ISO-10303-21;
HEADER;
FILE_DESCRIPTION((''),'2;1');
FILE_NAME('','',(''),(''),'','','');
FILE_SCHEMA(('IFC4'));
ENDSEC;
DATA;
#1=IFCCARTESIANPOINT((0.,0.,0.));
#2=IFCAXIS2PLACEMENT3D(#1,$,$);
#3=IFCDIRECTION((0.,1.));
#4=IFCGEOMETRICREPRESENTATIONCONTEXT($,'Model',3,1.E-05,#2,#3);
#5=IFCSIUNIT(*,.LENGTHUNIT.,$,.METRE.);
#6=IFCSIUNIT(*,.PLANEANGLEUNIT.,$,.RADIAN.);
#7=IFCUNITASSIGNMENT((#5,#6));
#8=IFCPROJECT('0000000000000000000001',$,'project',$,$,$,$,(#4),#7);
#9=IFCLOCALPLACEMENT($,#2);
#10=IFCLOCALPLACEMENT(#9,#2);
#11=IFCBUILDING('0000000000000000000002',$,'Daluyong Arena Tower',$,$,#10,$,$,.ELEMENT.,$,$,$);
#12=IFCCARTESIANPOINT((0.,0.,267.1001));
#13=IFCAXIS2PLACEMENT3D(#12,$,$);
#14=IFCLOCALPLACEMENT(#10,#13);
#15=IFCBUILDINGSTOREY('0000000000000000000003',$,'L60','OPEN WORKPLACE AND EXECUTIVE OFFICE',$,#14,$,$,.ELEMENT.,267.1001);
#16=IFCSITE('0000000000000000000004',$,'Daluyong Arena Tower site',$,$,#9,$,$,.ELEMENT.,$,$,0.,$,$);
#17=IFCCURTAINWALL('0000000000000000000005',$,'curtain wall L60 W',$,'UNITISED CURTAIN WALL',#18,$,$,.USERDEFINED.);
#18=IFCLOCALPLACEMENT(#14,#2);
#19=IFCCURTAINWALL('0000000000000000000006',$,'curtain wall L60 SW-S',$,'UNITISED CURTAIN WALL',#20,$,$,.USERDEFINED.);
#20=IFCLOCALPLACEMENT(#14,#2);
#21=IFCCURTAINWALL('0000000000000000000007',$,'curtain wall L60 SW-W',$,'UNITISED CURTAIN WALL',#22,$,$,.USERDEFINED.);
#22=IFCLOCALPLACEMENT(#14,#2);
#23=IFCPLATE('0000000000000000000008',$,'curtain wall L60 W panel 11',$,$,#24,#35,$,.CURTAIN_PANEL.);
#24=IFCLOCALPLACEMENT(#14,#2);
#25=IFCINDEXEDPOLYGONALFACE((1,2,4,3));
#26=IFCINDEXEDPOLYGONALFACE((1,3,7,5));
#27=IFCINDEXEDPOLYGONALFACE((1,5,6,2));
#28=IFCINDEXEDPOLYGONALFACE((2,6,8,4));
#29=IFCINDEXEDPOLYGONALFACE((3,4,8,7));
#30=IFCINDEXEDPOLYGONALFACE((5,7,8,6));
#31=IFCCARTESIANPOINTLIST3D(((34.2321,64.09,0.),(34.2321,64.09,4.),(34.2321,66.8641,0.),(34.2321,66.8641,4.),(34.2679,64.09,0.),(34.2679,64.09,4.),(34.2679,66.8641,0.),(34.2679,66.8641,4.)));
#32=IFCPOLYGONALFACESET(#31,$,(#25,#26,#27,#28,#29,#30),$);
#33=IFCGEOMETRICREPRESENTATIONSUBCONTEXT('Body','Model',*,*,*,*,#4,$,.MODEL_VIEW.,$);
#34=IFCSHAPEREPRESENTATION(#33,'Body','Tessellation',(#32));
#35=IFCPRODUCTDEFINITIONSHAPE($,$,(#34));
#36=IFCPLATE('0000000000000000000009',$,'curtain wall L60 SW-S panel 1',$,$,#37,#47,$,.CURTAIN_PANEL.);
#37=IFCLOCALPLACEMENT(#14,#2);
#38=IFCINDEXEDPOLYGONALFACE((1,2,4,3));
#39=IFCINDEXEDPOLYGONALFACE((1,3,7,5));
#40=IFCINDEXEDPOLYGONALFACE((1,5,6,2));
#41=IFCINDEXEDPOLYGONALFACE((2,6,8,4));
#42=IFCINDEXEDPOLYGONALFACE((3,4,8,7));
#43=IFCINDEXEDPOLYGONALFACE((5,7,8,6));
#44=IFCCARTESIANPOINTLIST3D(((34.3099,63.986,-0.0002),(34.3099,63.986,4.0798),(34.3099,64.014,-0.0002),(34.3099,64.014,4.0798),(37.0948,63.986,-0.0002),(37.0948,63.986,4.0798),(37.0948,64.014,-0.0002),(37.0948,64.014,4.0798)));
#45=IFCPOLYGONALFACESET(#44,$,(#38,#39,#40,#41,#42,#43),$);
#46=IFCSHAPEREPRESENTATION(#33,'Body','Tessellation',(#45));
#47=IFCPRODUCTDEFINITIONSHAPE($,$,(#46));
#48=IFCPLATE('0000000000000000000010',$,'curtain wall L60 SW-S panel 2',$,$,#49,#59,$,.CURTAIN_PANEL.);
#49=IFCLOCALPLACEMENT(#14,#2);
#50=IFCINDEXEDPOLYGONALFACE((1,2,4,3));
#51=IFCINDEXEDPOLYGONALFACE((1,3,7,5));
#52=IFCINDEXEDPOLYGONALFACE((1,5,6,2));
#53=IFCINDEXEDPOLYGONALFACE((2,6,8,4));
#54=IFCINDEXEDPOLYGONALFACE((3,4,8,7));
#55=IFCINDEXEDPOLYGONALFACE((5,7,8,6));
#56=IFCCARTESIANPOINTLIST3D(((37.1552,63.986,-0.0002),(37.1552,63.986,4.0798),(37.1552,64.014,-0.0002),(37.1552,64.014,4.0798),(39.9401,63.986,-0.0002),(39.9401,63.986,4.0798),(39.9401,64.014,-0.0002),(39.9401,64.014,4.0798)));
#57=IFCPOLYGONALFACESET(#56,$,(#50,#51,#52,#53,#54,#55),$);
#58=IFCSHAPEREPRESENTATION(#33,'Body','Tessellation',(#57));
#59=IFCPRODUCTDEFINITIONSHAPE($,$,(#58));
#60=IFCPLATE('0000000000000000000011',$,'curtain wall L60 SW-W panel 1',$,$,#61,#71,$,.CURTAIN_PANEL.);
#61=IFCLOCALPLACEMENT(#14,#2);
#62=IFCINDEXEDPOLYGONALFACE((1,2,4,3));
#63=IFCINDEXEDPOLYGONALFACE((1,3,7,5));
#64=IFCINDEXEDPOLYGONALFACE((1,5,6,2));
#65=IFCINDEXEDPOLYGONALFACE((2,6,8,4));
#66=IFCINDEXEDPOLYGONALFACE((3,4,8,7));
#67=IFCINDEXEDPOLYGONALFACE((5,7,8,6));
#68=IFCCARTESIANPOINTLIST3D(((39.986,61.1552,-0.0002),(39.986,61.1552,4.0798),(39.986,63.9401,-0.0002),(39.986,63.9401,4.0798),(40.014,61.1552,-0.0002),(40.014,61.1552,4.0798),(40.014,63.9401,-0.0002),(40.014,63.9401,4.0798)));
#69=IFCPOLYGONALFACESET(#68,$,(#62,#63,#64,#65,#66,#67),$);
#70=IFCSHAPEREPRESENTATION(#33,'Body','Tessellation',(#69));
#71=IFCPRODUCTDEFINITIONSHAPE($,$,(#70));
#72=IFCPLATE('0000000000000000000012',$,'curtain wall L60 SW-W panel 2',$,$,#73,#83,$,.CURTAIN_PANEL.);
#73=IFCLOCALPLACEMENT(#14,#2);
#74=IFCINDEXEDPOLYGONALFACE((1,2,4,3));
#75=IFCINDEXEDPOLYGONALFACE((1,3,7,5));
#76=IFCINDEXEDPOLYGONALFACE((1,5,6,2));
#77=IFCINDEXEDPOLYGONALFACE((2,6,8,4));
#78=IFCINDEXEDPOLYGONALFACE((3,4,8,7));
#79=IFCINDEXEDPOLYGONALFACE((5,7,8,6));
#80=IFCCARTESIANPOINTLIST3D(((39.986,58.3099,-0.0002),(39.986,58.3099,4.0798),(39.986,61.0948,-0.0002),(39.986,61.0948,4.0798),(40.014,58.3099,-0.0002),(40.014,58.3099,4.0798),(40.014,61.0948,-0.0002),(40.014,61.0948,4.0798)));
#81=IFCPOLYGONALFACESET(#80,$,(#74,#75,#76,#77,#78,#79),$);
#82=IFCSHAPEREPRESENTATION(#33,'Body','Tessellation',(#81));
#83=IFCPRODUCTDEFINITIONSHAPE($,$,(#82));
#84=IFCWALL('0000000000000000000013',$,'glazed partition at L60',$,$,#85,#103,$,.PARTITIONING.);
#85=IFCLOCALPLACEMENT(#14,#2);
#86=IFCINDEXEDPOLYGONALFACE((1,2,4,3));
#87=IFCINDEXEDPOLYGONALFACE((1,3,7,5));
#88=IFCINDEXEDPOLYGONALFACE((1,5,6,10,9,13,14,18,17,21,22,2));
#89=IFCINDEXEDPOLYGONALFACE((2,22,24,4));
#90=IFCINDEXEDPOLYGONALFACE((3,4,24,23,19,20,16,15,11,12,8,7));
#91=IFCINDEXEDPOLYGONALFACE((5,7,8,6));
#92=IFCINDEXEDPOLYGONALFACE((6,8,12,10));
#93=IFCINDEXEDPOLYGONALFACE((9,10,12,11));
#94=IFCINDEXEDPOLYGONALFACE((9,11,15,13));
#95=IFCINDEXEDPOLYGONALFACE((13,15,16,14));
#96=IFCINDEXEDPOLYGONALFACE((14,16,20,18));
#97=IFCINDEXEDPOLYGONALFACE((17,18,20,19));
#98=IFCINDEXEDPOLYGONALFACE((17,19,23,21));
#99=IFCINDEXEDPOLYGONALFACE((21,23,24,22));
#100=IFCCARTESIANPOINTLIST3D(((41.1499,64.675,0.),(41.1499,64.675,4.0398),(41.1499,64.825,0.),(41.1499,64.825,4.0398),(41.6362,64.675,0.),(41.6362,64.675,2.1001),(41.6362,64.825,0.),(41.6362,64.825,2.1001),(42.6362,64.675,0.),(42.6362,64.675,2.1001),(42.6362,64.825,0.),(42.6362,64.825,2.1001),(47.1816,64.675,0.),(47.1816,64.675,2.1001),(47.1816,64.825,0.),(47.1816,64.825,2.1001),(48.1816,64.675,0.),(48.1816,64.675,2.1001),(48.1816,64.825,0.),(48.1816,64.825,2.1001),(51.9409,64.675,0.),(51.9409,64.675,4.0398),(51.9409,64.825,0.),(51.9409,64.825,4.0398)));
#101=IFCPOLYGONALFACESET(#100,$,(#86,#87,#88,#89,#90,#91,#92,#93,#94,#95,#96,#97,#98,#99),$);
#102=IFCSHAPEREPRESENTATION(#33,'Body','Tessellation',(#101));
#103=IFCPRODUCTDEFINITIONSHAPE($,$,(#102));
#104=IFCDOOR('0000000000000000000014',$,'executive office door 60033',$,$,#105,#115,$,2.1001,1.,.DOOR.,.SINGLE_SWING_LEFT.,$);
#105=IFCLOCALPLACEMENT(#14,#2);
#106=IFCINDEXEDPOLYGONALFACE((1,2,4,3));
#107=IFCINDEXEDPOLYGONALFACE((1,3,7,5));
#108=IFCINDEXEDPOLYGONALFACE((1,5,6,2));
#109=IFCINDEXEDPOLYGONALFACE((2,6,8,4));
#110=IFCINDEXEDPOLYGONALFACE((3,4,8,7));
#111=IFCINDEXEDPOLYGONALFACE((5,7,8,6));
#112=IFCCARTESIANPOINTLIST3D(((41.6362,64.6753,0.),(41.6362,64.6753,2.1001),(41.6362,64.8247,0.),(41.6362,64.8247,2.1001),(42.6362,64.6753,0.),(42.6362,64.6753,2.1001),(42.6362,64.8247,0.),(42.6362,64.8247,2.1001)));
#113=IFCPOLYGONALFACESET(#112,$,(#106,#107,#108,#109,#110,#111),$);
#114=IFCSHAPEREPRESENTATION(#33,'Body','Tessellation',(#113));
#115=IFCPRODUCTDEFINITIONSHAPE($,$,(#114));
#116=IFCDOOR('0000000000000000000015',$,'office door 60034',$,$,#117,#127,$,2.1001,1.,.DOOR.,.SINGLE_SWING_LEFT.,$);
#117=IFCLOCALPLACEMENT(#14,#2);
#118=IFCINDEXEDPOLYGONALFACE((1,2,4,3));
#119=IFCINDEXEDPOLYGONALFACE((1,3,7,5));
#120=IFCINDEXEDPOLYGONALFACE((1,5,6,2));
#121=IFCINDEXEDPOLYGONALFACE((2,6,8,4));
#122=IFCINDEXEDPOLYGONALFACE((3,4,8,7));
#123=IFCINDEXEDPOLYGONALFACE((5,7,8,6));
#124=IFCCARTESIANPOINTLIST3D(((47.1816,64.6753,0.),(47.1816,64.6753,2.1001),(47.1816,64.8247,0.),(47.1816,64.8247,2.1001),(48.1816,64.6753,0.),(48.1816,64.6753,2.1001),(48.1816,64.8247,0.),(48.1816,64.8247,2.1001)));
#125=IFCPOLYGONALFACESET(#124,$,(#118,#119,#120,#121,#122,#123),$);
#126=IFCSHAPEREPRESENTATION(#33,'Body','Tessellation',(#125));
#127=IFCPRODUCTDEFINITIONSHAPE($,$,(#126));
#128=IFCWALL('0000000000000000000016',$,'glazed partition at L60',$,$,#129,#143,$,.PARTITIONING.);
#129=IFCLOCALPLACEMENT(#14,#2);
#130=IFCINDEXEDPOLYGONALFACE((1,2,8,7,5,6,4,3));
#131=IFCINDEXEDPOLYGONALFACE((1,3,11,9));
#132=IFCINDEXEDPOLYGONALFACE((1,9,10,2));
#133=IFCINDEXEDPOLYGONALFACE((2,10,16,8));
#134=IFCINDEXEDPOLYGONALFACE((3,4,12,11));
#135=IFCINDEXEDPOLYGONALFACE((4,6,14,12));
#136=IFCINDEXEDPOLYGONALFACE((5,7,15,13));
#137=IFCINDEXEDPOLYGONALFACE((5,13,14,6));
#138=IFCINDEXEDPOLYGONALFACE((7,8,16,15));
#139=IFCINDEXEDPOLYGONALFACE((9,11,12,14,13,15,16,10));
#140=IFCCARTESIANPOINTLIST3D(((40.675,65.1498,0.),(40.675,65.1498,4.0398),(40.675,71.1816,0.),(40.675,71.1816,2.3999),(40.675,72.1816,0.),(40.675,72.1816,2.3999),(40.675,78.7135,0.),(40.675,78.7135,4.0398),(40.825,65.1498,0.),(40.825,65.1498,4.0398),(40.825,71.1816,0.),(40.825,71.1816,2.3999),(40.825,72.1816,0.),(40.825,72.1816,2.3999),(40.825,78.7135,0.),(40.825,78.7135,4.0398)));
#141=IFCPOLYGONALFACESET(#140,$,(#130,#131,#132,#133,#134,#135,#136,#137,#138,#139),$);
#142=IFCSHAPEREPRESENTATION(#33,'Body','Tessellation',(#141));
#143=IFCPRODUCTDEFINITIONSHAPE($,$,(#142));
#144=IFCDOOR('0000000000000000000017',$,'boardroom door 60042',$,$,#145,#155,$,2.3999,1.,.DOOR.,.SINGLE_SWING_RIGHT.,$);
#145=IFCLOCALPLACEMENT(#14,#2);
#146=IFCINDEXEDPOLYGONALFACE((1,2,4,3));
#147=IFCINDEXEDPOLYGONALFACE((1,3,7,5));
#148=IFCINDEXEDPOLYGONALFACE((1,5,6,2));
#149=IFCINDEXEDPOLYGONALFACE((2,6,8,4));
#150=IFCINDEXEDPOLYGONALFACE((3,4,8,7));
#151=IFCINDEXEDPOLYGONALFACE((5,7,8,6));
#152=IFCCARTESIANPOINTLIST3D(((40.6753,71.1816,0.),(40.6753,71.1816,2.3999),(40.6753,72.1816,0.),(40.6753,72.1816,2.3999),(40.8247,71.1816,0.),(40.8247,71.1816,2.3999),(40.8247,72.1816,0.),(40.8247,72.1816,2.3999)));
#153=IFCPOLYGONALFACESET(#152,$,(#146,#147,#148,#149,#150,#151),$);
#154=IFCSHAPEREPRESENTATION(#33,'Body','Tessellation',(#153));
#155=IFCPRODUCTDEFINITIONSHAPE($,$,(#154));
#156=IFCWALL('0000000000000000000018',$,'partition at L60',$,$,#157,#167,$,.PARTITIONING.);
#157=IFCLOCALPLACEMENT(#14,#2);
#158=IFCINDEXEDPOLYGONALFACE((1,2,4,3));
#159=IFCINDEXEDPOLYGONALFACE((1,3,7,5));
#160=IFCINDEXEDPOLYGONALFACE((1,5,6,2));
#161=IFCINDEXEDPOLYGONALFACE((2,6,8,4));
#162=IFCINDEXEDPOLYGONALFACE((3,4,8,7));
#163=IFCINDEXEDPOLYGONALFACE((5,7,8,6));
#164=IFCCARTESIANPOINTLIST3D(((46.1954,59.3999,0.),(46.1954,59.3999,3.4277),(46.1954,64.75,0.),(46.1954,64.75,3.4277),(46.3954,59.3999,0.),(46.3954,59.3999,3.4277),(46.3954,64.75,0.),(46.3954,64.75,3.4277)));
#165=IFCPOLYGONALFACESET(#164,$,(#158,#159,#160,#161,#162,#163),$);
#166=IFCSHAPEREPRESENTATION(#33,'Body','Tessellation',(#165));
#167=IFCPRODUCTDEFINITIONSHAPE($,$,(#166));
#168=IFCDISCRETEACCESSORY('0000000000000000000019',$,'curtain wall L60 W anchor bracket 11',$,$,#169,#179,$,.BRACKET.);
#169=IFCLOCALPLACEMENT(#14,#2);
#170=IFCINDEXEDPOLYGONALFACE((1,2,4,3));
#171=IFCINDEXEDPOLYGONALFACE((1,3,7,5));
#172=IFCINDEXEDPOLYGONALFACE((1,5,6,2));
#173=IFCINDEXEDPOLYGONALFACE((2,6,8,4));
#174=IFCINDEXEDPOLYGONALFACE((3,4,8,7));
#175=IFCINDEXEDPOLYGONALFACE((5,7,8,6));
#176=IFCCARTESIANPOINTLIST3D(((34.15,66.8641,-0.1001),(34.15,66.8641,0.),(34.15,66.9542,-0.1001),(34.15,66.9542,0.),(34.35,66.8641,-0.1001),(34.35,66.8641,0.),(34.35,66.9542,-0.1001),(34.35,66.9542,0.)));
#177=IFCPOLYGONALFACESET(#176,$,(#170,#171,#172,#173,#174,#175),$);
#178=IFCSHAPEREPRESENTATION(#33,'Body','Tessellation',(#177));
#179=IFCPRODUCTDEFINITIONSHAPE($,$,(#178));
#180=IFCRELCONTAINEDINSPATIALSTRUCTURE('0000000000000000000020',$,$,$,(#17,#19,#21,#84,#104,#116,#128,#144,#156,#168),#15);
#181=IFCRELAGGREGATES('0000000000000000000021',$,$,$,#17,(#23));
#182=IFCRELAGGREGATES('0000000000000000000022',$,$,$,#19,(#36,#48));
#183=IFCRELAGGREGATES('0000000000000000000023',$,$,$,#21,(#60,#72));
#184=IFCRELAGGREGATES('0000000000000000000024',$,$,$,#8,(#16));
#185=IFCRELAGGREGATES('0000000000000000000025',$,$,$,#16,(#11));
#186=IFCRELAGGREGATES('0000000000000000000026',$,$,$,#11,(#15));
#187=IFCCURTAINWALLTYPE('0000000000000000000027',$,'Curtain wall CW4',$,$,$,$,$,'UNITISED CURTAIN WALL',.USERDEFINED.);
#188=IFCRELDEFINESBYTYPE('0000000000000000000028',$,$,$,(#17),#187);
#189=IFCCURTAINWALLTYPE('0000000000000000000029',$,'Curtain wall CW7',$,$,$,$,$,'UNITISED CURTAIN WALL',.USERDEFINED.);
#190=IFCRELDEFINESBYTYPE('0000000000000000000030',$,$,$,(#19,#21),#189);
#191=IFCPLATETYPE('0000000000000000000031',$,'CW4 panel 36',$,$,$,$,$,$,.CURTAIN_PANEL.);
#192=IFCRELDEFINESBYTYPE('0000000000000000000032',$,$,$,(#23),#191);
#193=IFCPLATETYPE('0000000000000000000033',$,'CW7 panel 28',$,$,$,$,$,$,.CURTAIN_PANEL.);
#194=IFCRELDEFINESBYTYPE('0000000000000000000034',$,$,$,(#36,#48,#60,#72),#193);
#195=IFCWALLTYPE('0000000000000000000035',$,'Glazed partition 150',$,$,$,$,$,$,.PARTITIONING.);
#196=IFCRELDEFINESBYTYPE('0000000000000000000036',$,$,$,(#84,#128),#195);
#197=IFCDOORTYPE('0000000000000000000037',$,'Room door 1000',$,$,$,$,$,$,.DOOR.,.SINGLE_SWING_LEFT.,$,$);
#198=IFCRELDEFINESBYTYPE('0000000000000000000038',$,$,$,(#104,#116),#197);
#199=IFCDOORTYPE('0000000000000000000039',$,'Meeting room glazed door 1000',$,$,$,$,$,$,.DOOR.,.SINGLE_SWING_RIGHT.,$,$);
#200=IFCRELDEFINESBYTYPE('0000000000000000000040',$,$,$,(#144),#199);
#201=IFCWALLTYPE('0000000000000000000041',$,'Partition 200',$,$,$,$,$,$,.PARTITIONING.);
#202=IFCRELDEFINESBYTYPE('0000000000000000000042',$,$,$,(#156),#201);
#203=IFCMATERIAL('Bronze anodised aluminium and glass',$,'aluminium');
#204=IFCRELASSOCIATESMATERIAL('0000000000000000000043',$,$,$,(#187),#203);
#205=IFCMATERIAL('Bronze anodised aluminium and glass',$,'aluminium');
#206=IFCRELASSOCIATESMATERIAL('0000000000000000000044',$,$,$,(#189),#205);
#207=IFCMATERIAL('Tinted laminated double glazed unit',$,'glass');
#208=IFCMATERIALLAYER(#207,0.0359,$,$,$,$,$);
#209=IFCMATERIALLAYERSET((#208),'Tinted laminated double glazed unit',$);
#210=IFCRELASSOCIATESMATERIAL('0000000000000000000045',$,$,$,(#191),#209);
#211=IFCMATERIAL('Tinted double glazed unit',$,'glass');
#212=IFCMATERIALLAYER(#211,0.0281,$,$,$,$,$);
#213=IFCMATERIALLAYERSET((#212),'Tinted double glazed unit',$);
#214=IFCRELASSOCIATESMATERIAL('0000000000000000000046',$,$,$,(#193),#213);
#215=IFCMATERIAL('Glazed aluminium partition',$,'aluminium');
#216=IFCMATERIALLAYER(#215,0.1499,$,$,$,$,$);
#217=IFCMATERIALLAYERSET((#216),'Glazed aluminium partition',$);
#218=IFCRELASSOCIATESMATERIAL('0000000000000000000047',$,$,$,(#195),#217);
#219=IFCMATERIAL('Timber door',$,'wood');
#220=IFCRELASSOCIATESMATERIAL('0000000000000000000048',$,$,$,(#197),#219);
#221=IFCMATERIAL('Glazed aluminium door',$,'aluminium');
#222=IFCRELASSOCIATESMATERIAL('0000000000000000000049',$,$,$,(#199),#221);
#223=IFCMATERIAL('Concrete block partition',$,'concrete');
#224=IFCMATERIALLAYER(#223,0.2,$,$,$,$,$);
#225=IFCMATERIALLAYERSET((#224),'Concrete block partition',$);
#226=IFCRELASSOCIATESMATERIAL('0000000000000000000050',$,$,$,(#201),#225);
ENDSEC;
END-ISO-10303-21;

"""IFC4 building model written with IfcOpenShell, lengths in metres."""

from ifc_helpers import new_model, si_unit, direction, frame, frame_2d, origin, origin_2d, place, context, subcontext, project, spatial, rectangle, extrude, material, layer, layer_set, type_object, element, fill, aggregate, save


model = new_model("IFC4")

# Units and contexts
model_context = context("Model", 3, precision=1e-05, world=origin(), true_north=direction((0.0, 1.0)))
body_context = subcontext(model_context, "Body", "Model", "MODEL_VIEW")
ifc_project = project(units=[si_unit("LENGTHUNIT", "METRE"), si_unit("PLANEANGLEUNIT", "RADIAN")], contexts=[model_context])

# Site, building, storey
site_placement = place(None, origin())
site = spatial("IfcSite", under=ifc_project, at=site_placement, Name="Daluyong Arena Tower site", CompositionType="ELEMENT", RefElevation=0.0)
building_placement = place(site_placement, origin())
building = spatial("IfcBuilding", under=site, at=building_placement, Name="Daluyong Arena Tower", CompositionType="ELEMENT")
storey_placement = place(building_placement, frame((0.0, 0.0, 267.1001)))
storey = spatial("IfcBuildingStorey", under=building, at=storey_placement, Name="L60", Description="OPEN WORKPLACE AND EXECUTIVE OFFICE", CompositionType="ELEMENT", Elevation=267.1001)

# Curtain walls
ifc_material_1 = material(Name="Bronze anodised aluminium and glass", Category="aluminium")
curtain_wall_type_1 = type_object("IfcCurtainWallType", Name="Curtain wall CW4", ElementType="UNITISED CURTAIN WALL", PredefinedType="USERDEFINED", material=ifc_material_1)
curtain_wall_1_placement = place(storey_placement, origin())
curtain_wall_1 = element("IfcCurtainWall", 1, at=curtain_wall_1_placement, inside=storey, type_object=curtain_wall_type_1, Name="curtain wall L60 W", ObjectType="UNITISED CURTAIN WALL", PredefinedType="USERDEFINED")
ifc_material_2 = material(Name="Bronze anodised aluminium and glass", Category="aluminium")
curtain_wall_type_2 = type_object("IfcCurtainWallType", Name="Curtain wall CW7", ElementType="UNITISED CURTAIN WALL", PredefinedType="USERDEFINED", material=ifc_material_2)
curtain_wall_2_placement = place(storey_placement, origin())
curtain_wall_2 = element("IfcCurtainWall", 2, at=curtain_wall_2_placement, inside=storey, type_object=curtain_wall_type_2, Name="curtain wall L60 SW-S", ObjectType="UNITISED CURTAIN WALL", PredefinedType="USERDEFINED")
curtain_wall_3_placement = place(storey_placement, origin())
curtain_wall_3 = element("IfcCurtainWall", 3, at=curtain_wall_3_placement, inside=storey, type_object=curtain_wall_type_2, Name="curtain wall L60 SW-W", ObjectType="UNITISED CURTAIN WALL", PredefinedType="USERDEFINED")

# Plates
ifc_material_3 = material(Name="Tinted laminated double glazed unit", Category="glass")
ifc_layer_1 = layer(ifc_material_3, 0.0359)
ifc_layer_set_1 = layer_set([ifc_layer_1], Name="Tinted laminated double glazed unit")
plate_type_1 = type_object("IfcPlateType", Name="CW4 panel 36", PredefinedType="CURTAIN_PANEL", material=ifc_layer_set_1)
plate_1_placement = place(storey_placement, frame((34.25, 65.4771, 0.0), z_axis=(0.0, 0.0, 1.0), x_axis=(0.0, -1.0, 0.0)))
plate_1 = element("IfcPlate", 4, at=plate_1_placement, type_object=plate_type_1, Name="curtain wall L60 W panel 11", PredefinedType="CURTAIN_PANEL", context=body_context, shape_type="SweptSolid", body=[
    extrude(rectangle(XDim=2.7742, YDim=0.0359, at=origin_2d()), origin(), (0.0, 0.0, 1.0), 4.0),
])
aggregate(curtain_wall_1, [plate_1])
ifc_material_4 = material(Name="Tinted double glazed unit", Category="glass")
ifc_layer_2 = layer(ifc_material_4, 0.0281)
ifc_layer_set_2 = layer_set([ifc_layer_2], Name="Tinted double glazed unit")
plate_type_2 = type_object("IfcPlateType", Name="CW7 panel 28", PredefinedType="CURTAIN_PANEL", material=ifc_layer_set_2)
plate_2_placement = place(storey_placement, frame((35.7024, 64.0, -0.0002), z_axis=(0.0, 0.0, 1.0), x_axis=(1.0, 0.0, 0.0)))
plate_2 = element("IfcPlate", 5, at=plate_2_placement, type_object=plate_type_2, Name="curtain wall L60 SW-S panel 1", PredefinedType="CURTAIN_PANEL", context=body_context, shape_type="SweptSolid", body=[
    extrude(rectangle(XDim=2.7849, YDim=0.0281, at=origin_2d()), origin(), (0.0, 0.0, 1.0), 4.0801),
])
plate_3_placement = place(storey_placement, frame((38.5476, 64.0, -0.0002), z_axis=(0.0, 0.0, 1.0), x_axis=(1.0, 0.0, 0.0)))
plate_3 = element("IfcPlate", 6, at=plate_3_placement, type_object=plate_type_2, Name="curtain wall L60 SW-S panel 2", PredefinedType="CURTAIN_PANEL", context=body_context, shape_type="SweptSolid", body=[
    extrude(rectangle(XDim=2.7849, YDim=0.0281, at=origin_2d()), origin(), (0.0, 0.0, 1.0), 4.0801),
])
aggregate(curtain_wall_2, [plate_2, plate_3])
plate_4_placement = place(storey_placement, frame((40.0, 62.5476, -0.0002), z_axis=(0.0, 0.0, 1.0), x_axis=(0.0, -1.0, 0.0)))
plate_4 = element("IfcPlate", 7, at=plate_4_placement, type_object=plate_type_2, Name="curtain wall L60 SW-W panel 1", PredefinedType="CURTAIN_PANEL", context=body_context, shape_type="SweptSolid", body=[
    extrude(rectangle(XDim=2.7849, YDim=0.0281, at=origin_2d()), origin(), (0.0, 0.0, 1.0), 4.0801),
])
plate_5_placement = place(storey_placement, frame((40.0, 59.7024, -0.0002), z_axis=(0.0, 0.0, 1.0), x_axis=(0.0, -1.0, 0.0)))
plate_5 = element("IfcPlate", 8, at=plate_5_placement, type_object=plate_type_2, Name="curtain wall L60 SW-W panel 2", PredefinedType="CURTAIN_PANEL", context=body_context, shape_type="SweptSolid", body=[
    extrude(rectangle(XDim=2.7849, YDim=0.0281, at=origin_2d()), origin(), (0.0, 0.0, 1.0), 4.0801),
])
aggregate(curtain_wall_3, [plate_4, plate_5])

# Wall, openings, doors
ifc_material_5 = material(Name="Glazed aluminium partition", Category="aluminium")
ifc_layer_3 = layer(ifc_material_5, 0.1499)
ifc_layer_set_3 = layer_set([ifc_layer_3], Name="Glazed aluminium partition")
wall_type_1 = type_object("IfcWallType", Name="Glazed partition 150", PredefinedType="PARTITIONING", material=ifc_layer_set_3)
wall_1_placement = place(storey_placement, frame((41.1499, 64.75, 0.0), z_axis=(0.0, 0.0, 1.0), x_axis=(1.0, 0.0, 0.0)))
wall_1 = element("IfcWall", 9, at=wall_1_placement, inside=storey, type_object=wall_type_1, Name="glazed partition at L60", PredefinedType="PARTITIONING", context=body_context, shape_type="SweptSolid", body=[
    extrude(rectangle(XDim=10.791, YDim=0.1499, at=frame_2d((5.3955, 0.0))), origin(), (0.0, 0.0, 1.0), 4.0398),
])
opening_1_placement = place(wall_1_placement, frame((0.4863, 0.0, 0.0)))
opening_1 = element("IfcOpeningElement", 10, at=opening_1_placement, cuts=wall_1, PredefinedType="OPENING", context=body_context, shape_type="SweptSolid", body=[
    extrude(rectangle(XDim=1.0, YDim=2.1001, at=frame_2d((0.5, 1.05))), frame((0.0, 0.085, 0.0), z_axis=(0.0, -1.0, 0.0), x_axis=(1.0, 0.0, 0.0)), (0.0, 0.0, 1.0), 0.1699),
])
opening_2_placement = place(wall_1_placement, frame((6.0317, 0.0, 0.0)))
opening_2 = element("IfcOpeningElement", 11, at=opening_2_placement, cuts=wall_1, PredefinedType="OPENING", context=body_context, shape_type="SweptSolid", body=[
    extrude(rectangle(XDim=1.0, YDim=2.1001, at=frame_2d((0.5, 1.05))), frame((0.0, 0.085, 0.0), z_axis=(0.0, -1.0, 0.0), x_axis=(1.0, 0.0, 0.0)), (0.0, 0.0, 1.0), 0.1699),
])
ifc_material_6 = material(Name="Timber door", Category="wood")
door_type_1 = type_object("IfcDoorType", Name="Room door 1000", OperationType="SINGLE_SWING_LEFT", PredefinedType="DOOR", material=ifc_material_6)
door_1_placement = place(opening_1_placement, origin())
door_1 = element("IfcDoor", 12, at=door_1_placement, inside=storey, type_object=door_type_1, Name="executive office door 60033", OperationType="SINGLE_SWING_LEFT", OverallHeight=2.1001, OverallWidth=1.0, PredefinedType="DOOR", context=body_context, shape_type="SweptSolid", body=[
    extrude(rectangle(XDim=1.0, YDim=2.1001, at=frame_2d((0.5, 1.05))), frame((0.0, 0.0747, 0.0), z_axis=(0.0, -1.0, 0.0), x_axis=(1.0, 0.0, 0.0)), (0.0, 0.0, 1.0), 0.1494),
])
fill(opening_1, door_1)
door_2_placement = place(opening_2_placement, origin())
door_2 = element("IfcDoor", 13, at=door_2_placement, inside=storey, type_object=door_type_1, Name="office door 60034", OperationType="SINGLE_SWING_LEFT", OverallHeight=2.1001, OverallWidth=1.0, PredefinedType="DOOR", context=body_context, shape_type="SweptSolid", body=[
    extrude(rectangle(XDim=1.0, YDim=2.1001, at=frame_2d((0.5, 1.05))), frame((0.0, 0.0747, 0.0), z_axis=(0.0, -1.0, 0.0), x_axis=(1.0, 0.0, 0.0)), (0.0, 0.0, 1.0), 0.1494),
])
fill(opening_2, door_2)

# Wall, opening, door
wall_2_placement = place(storey_placement, frame((40.75, 65.1499, 0.0), z_axis=(0.0, 0.0, 1.0), x_axis=(0.0, 1.0, 0.0)))
wall_2 = element("IfcWall", 14, at=wall_2_placement, inside=storey, type_object=wall_type_1, Name="glazed partition at L60", PredefinedType="PARTITIONING", context=body_context, shape_type="SweptSolid", body=[
    extrude(rectangle(XDim=13.5637, YDim=0.1499, at=frame_2d((6.7817, 0.0))), origin(), (0.0, 0.0, 1.0), 4.0398),
])
opening_3_placement = place(wall_2_placement, frame((6.0317, 0.0, 0.0)))
opening_3 = element("IfcOpeningElement", 15, at=opening_3_placement, cuts=wall_2, PredefinedType="OPENING", context=body_context, shape_type="SweptSolid", body=[
    extrude(rectangle(XDim=1.0, YDim=2.3999, at=frame_2d((0.5, 1.2))), frame((0.0, 0.085, 0.0), z_axis=(0.0, -1.0, 0.0), x_axis=(1.0, 0.0, 0.0)), (0.0, 0.0, 1.0), 0.1699),
])
ifc_material_7 = material(Name="Glazed aluminium door", Category="aluminium")
door_type_2 = type_object("IfcDoorType", Name="Meeting room glazed door 1000", OperationType="SINGLE_SWING_RIGHT", PredefinedType="DOOR", material=ifc_material_7)
door_3_placement = place(opening_3_placement, origin())
door_3 = element("IfcDoor", 16, at=door_3_placement, inside=storey, type_object=door_type_2, Name="boardroom door 60042", OperationType="SINGLE_SWING_RIGHT", OverallHeight=2.3999, OverallWidth=1.0, PredefinedType="DOOR", context=body_context, shape_type="SweptSolid", body=[
    extrude(rectangle(XDim=1.0, YDim=2.3999, at=frame_2d((0.5, 1.2))), frame((0.0, 0.0747, 0.0), z_axis=(0.0, -1.0, 0.0), x_axis=(1.0, 0.0, 0.0)), (0.0, 0.0, 1.0), 0.1494),
])
fill(opening_3, door_3)

# Wall
ifc_material_8 = material(Name="Concrete block partition", Category="concrete")
ifc_layer_4 = layer(ifc_material_8, 0.2)
ifc_layer_set_4 = layer_set([ifc_layer_4], Name="Concrete block partition")
wall_type_2 = type_object("IfcWallType", Name="Partition 200", PredefinedType="PARTITIONING", material=ifc_layer_set_4)
wall_3_placement = place(storey_placement, frame((46.2954, 59.3999, 0.0), z_axis=(0.0, 0.0, 1.0), x_axis=(0.0, 1.0, 0.0)))
element("IfcWall", 17, at=wall_3_placement, inside=storey, type_object=wall_type_2, Name="partition at L60", PredefinedType="PARTITIONING", context=body_context, shape_type="SweptSolid", body=[
    extrude(rectangle(XDim=5.3501, YDim=0.2, at=frame_2d((2.675, 0.0))), origin(), (0.0, 0.0, 1.0), 3.4277),
])

# Discrete accessory
discrete_accessory_placement = place(storey_placement, frame((34.25, 66.9092, -0.1001), z_axis=(0.0, 0.0, 1.0), x_axis=(0.0, -1.0, 0.0)))
element("IfcDiscreteAccessory", 18, at=discrete_accessory_placement, inside=storey, Name="curtain wall L60 W anchor bracket 11", PredefinedType="BRACKET", context=body_context, shape_type="SweptSolid", body=[
    extrude(rectangle(XDim=0.0901, YDim=0.2, at=origin_2d()), origin(), (0.0, 0.0, 1.0), 0.1001),
])

save(model, "model.ifc")
